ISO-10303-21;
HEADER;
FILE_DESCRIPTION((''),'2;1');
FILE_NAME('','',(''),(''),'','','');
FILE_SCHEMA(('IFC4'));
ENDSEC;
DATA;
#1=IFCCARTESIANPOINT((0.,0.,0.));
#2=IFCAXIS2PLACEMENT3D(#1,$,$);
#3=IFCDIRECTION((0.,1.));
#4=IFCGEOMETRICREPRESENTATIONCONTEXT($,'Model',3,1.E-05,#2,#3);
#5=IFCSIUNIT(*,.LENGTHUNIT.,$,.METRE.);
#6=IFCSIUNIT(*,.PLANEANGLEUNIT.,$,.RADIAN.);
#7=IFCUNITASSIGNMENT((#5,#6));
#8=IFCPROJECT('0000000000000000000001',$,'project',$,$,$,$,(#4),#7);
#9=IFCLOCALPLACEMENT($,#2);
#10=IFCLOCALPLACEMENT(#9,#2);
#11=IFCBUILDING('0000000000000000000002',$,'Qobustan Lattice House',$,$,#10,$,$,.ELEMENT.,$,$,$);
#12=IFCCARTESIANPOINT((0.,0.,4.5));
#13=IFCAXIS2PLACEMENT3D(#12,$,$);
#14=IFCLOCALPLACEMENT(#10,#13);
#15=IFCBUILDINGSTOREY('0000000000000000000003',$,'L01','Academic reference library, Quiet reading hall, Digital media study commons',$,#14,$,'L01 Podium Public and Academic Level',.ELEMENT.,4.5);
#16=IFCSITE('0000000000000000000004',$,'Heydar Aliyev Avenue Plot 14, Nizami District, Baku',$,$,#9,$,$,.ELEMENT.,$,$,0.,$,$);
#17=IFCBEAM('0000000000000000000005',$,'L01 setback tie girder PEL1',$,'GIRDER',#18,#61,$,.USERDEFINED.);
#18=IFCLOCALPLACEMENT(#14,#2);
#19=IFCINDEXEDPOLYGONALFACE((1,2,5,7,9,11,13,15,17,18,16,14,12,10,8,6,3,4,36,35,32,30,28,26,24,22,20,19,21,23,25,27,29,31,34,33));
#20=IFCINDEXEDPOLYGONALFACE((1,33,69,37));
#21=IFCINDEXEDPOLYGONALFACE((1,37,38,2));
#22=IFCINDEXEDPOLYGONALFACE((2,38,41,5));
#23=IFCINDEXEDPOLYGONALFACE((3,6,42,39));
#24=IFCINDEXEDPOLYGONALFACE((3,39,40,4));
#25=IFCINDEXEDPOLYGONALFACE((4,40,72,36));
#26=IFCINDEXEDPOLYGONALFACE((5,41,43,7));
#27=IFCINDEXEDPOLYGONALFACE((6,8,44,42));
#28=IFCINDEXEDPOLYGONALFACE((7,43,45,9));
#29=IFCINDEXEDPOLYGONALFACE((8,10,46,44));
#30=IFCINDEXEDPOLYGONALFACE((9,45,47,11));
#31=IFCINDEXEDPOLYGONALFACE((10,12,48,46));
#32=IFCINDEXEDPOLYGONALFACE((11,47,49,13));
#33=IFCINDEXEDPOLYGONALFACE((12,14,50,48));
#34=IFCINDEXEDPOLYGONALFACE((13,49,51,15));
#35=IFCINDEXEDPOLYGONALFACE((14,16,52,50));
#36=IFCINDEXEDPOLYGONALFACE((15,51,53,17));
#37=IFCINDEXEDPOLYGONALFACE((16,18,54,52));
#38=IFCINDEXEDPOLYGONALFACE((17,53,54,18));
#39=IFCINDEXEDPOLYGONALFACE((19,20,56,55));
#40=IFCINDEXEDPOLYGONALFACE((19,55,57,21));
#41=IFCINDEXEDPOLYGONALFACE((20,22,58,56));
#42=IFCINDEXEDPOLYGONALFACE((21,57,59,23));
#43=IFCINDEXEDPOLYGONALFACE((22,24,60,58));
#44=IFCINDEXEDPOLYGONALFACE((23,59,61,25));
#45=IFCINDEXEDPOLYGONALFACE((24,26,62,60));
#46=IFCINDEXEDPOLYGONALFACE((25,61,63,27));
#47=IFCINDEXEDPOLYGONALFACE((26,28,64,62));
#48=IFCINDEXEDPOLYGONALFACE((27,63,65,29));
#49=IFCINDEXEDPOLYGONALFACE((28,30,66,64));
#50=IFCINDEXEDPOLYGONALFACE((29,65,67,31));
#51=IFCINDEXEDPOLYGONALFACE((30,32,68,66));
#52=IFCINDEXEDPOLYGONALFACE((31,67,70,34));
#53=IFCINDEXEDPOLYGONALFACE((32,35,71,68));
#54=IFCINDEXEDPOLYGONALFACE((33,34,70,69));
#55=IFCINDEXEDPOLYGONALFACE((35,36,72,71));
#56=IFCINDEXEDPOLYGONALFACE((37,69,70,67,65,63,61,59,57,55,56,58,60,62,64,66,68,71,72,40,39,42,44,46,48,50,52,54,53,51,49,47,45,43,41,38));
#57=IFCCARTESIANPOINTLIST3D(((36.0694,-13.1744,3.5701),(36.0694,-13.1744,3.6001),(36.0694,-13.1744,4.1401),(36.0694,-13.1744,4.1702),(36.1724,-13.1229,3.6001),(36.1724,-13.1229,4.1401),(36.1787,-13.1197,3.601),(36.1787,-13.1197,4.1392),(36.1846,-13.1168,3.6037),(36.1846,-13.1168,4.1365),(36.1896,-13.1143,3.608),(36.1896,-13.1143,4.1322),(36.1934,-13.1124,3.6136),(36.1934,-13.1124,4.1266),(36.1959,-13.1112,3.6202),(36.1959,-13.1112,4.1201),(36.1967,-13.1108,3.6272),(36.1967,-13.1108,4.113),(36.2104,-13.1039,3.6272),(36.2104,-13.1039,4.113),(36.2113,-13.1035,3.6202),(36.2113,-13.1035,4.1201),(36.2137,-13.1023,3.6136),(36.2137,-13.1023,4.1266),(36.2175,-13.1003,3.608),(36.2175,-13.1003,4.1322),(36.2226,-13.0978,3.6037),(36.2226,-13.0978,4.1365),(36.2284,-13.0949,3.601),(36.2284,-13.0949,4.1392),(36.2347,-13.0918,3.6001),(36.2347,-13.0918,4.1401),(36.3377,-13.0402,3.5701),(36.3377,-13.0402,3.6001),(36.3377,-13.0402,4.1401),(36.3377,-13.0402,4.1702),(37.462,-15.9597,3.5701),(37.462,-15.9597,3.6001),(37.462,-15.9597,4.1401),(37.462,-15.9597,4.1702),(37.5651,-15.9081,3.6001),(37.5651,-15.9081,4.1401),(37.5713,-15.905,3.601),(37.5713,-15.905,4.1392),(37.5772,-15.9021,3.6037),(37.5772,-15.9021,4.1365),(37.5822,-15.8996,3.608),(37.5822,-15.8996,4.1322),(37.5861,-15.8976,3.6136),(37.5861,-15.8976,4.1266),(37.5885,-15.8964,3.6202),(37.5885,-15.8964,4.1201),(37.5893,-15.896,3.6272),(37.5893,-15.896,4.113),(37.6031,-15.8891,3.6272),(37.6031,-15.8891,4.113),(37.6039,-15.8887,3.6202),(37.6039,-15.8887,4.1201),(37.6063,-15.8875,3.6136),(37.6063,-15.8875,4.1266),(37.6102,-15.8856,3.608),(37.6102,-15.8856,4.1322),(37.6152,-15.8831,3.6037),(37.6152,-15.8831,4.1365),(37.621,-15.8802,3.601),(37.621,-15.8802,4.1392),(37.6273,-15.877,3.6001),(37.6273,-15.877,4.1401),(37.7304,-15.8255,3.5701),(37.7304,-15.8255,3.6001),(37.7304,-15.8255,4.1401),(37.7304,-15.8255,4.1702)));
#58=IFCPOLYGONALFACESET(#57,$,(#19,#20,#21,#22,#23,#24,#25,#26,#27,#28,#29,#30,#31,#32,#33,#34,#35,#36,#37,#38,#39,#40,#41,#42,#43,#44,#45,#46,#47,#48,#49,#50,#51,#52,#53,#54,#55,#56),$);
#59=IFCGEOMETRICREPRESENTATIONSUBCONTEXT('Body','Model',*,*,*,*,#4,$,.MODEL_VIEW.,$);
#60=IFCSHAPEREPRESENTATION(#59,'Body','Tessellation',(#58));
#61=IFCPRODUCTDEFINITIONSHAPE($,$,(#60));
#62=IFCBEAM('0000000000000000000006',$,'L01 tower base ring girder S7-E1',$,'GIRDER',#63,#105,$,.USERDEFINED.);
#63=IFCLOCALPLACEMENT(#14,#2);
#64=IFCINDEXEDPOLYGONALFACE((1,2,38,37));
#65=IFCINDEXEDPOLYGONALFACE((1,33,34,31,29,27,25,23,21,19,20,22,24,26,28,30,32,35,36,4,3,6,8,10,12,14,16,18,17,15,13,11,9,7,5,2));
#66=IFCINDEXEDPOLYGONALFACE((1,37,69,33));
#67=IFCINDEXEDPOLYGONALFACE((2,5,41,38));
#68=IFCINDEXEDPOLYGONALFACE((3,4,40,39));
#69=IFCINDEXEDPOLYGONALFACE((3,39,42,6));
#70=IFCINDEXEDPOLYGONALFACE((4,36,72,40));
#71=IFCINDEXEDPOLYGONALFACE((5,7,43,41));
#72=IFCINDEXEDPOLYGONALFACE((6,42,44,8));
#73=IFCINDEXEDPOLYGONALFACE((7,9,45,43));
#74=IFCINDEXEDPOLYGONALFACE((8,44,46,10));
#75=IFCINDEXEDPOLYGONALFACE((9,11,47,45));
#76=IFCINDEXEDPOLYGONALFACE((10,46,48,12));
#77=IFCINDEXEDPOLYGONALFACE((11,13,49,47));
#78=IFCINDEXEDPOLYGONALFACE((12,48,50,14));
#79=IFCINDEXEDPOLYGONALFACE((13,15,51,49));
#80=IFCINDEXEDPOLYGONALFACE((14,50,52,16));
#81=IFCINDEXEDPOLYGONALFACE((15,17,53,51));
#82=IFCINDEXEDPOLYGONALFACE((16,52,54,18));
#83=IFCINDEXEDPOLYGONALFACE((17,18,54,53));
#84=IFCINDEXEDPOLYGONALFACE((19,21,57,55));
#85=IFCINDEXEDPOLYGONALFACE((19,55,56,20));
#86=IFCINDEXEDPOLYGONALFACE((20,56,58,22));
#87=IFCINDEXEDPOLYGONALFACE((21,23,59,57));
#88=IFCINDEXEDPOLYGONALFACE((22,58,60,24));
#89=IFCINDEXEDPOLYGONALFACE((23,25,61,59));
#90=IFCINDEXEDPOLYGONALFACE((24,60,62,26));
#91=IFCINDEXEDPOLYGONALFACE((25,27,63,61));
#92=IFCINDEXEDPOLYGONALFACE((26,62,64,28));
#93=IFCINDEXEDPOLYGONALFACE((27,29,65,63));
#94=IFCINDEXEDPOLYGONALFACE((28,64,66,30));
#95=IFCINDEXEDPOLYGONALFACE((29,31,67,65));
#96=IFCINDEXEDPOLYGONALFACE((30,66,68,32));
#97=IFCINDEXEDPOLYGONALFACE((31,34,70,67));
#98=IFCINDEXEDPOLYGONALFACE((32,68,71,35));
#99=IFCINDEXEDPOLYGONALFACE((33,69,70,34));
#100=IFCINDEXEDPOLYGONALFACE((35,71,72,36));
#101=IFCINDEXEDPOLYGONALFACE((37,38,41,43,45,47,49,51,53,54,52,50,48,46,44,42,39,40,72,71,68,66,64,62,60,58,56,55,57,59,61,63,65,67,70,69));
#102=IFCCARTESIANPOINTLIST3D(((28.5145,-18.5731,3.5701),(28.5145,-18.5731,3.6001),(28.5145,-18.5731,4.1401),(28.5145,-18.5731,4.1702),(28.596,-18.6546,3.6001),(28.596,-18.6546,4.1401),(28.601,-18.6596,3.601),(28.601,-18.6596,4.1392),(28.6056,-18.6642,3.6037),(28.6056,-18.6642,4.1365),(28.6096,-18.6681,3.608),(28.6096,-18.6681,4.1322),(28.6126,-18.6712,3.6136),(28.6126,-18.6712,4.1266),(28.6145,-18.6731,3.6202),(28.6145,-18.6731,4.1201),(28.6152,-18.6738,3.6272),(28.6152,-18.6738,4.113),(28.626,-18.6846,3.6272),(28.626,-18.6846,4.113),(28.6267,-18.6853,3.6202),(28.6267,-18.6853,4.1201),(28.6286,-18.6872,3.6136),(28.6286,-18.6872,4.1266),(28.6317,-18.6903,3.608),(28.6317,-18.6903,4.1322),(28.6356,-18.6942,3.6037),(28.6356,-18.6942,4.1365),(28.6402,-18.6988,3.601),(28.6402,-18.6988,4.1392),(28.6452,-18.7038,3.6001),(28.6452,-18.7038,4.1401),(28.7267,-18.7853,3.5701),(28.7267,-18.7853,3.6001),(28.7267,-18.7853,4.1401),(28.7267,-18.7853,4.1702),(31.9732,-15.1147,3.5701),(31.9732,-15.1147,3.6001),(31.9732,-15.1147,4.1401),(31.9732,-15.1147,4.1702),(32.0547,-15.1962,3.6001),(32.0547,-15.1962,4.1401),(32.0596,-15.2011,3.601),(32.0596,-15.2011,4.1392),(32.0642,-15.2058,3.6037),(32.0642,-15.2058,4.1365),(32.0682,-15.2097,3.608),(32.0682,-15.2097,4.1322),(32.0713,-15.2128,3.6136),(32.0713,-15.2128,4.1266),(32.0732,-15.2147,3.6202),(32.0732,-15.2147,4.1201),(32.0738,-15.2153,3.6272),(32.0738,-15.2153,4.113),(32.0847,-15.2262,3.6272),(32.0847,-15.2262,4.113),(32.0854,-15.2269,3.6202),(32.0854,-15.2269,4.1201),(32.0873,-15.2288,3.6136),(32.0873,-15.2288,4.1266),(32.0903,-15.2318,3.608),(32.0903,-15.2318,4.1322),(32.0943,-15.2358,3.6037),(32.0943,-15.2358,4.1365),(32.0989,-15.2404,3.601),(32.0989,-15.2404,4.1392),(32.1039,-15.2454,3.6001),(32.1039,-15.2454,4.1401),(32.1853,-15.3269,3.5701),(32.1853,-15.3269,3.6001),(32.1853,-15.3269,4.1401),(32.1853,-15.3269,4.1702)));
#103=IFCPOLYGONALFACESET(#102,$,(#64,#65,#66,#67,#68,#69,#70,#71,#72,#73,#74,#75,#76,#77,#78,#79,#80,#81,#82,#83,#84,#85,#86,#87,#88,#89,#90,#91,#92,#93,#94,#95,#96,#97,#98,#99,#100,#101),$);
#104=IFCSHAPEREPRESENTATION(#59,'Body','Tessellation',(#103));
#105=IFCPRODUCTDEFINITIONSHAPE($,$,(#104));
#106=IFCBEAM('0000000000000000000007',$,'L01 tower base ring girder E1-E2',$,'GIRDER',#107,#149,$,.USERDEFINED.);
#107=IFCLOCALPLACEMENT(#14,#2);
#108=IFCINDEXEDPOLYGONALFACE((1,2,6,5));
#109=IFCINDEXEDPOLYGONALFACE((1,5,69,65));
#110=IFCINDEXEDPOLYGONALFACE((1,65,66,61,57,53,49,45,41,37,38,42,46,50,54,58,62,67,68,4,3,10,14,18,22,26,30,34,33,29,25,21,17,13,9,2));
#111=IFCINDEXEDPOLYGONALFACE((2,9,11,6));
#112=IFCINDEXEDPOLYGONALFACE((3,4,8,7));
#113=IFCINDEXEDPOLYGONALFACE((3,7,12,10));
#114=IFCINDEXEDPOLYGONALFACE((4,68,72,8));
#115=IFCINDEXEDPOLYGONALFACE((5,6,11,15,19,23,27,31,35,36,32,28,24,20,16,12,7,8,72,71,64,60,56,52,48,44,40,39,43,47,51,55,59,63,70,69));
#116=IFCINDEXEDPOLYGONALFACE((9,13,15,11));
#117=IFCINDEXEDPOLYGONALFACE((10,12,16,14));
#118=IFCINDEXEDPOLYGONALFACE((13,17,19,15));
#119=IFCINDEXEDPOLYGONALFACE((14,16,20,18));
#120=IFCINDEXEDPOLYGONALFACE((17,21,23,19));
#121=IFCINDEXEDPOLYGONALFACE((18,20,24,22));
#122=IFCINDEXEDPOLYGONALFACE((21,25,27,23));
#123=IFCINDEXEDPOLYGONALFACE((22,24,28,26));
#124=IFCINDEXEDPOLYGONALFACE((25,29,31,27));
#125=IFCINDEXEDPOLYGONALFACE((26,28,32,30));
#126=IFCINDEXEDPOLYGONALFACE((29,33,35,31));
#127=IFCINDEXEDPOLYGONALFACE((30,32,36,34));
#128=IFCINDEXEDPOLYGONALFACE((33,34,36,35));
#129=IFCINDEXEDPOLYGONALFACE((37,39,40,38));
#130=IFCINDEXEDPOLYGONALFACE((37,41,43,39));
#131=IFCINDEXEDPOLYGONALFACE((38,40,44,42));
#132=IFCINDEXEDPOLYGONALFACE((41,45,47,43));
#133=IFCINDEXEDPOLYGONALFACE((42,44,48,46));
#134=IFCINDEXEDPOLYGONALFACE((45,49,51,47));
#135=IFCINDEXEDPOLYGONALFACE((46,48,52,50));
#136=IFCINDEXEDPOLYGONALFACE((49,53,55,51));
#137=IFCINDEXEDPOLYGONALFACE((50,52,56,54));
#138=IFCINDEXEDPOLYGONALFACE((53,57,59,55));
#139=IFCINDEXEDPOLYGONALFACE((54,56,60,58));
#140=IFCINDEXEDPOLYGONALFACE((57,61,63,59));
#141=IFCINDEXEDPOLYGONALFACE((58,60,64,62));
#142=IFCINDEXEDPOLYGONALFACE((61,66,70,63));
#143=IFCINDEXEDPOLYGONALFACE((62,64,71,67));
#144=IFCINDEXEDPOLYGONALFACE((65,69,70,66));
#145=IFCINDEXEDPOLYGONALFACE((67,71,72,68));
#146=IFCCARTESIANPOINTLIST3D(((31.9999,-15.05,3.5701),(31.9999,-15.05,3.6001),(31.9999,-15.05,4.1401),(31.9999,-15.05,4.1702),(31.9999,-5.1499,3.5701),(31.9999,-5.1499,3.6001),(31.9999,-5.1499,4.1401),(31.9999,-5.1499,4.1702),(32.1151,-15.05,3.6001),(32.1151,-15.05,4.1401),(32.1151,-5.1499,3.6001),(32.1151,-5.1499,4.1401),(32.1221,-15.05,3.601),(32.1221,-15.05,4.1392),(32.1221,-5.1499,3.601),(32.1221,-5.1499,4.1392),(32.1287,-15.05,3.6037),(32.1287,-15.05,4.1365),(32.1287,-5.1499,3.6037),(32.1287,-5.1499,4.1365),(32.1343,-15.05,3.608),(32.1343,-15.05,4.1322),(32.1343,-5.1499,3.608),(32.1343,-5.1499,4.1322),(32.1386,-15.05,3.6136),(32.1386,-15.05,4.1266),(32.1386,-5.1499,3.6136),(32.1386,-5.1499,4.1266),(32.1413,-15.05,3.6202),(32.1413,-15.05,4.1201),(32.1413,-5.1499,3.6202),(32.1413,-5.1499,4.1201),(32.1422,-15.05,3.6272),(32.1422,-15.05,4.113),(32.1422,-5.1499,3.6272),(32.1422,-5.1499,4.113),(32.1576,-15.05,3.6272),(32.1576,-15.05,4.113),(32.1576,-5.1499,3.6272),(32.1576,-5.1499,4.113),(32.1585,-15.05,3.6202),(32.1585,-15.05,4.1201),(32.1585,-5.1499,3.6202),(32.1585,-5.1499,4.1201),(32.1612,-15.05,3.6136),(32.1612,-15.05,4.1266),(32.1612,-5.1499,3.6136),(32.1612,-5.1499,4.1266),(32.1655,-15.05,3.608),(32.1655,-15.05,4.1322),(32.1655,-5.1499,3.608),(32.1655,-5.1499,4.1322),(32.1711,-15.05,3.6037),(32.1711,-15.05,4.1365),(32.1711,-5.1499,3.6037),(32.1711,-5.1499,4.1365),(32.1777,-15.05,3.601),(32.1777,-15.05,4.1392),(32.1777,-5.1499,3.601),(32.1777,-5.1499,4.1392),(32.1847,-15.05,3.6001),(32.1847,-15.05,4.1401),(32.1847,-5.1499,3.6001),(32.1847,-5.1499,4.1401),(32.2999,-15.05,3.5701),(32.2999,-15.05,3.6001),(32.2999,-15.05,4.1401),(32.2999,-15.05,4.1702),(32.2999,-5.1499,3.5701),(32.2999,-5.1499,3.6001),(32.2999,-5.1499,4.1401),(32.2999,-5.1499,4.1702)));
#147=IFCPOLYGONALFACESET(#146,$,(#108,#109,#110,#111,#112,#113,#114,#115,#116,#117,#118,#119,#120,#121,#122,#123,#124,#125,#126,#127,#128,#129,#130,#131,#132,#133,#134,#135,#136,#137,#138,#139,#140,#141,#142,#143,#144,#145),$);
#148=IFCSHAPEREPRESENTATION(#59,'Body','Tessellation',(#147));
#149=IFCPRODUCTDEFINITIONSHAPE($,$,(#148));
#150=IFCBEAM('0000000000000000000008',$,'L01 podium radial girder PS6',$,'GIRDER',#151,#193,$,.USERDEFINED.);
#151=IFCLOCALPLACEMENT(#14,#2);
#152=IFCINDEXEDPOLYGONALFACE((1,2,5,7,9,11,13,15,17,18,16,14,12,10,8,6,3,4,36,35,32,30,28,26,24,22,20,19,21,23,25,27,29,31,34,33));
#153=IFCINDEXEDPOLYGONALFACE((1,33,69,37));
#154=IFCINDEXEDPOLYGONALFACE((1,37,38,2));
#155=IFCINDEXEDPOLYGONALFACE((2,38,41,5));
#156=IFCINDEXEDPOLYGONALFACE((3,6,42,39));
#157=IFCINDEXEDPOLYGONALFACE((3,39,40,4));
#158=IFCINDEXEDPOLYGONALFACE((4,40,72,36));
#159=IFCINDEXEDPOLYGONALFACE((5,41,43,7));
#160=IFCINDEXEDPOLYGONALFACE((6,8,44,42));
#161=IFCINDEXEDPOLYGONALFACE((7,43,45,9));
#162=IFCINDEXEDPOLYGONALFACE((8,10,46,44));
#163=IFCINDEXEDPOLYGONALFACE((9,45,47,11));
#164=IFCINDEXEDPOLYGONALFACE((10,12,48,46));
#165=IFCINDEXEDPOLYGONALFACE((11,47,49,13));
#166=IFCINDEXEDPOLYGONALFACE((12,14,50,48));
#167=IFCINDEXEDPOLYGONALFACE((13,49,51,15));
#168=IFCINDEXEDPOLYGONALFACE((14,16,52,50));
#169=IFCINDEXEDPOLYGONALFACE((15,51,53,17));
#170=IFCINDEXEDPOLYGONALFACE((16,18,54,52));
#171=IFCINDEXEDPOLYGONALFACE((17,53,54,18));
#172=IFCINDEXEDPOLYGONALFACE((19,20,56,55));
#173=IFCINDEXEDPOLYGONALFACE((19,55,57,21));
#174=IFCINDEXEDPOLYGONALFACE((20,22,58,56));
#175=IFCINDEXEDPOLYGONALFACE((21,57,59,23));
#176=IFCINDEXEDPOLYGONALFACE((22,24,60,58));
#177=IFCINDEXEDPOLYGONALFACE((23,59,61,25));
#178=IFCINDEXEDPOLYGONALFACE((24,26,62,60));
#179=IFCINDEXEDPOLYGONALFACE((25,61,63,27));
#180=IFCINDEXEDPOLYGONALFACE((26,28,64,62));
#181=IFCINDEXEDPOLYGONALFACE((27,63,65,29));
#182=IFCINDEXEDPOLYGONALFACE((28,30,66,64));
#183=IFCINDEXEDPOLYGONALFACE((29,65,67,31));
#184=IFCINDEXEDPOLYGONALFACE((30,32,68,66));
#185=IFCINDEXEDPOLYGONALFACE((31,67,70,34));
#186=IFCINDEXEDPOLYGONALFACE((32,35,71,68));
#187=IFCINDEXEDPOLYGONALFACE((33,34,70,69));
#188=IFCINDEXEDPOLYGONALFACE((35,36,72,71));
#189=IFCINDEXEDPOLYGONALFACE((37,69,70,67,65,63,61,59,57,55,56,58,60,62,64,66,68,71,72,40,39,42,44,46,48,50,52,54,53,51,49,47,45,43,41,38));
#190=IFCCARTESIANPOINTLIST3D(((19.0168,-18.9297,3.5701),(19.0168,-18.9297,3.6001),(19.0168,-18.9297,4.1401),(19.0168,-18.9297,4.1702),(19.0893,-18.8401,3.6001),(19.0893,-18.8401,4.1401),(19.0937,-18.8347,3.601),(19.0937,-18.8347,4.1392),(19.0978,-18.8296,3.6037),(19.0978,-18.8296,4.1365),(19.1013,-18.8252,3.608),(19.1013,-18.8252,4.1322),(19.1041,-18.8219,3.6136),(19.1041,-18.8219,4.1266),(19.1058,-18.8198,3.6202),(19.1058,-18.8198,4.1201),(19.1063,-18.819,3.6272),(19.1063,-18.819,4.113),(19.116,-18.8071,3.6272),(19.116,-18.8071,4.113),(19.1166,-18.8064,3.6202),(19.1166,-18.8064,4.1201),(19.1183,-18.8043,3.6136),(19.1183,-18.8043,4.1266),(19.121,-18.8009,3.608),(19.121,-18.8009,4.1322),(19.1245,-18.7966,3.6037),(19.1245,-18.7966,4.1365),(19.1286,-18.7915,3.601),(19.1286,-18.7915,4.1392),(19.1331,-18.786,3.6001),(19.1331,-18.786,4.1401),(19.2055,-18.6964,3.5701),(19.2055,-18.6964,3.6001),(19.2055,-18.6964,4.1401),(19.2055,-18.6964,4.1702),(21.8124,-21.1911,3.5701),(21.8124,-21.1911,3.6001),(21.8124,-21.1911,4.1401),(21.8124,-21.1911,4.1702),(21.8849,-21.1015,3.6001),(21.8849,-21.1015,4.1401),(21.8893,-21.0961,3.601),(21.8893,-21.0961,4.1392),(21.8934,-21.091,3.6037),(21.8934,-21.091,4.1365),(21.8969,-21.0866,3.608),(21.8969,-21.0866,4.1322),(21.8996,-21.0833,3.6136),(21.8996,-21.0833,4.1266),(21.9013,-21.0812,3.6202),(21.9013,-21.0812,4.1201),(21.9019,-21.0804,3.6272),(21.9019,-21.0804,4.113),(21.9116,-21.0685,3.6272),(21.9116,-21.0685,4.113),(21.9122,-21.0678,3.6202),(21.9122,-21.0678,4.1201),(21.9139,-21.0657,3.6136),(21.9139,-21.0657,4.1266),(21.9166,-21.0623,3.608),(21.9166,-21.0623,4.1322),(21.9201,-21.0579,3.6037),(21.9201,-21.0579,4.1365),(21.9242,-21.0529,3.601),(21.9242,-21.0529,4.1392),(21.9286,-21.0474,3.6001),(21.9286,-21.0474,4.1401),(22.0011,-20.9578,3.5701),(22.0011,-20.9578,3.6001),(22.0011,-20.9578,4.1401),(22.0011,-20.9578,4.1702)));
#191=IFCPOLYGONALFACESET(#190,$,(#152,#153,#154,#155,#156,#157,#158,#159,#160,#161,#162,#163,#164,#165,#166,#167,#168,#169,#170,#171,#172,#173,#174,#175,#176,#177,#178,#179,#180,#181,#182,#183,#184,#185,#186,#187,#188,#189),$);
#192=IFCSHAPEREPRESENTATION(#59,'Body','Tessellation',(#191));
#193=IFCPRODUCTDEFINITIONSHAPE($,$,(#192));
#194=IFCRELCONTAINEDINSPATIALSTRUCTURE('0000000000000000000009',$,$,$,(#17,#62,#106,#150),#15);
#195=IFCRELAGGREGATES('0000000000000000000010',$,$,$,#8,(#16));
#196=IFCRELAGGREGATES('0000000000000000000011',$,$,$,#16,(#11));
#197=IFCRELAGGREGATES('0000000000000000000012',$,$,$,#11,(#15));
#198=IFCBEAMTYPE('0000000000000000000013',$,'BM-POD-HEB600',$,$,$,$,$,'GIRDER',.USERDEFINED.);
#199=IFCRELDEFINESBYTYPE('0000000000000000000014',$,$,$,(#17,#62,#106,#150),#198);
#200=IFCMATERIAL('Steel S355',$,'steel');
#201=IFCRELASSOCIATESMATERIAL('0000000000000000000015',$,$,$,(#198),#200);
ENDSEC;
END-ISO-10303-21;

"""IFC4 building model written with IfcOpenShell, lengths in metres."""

from ifc_helpers import new_model, si_unit, direction, frame, origin, origin_2d, place, context, subcontext, project, spatial, i_section, extrude, material, material_profile, profile_set, type_object, element, save


model = new_model("IFC4")

# Units and contexts
model_context = context("Model", 3, precision=1e-05, world=origin(), true_north=direction((0.0, 1.0)))
body_context = subcontext(model_context, "Body", "Model", "MODEL_VIEW")
ifc_project = project(units=[si_unit("LENGTHUNIT", "METRE"), si_unit("PLANEANGLEUNIT", "RADIAN")], contexts=[model_context])

# Site, building, storey
site_placement = place(None, origin())
site = spatial("IfcSite", under=ifc_project, at=site_placement, Name="Heydar Aliyev Avenue Plot 14, Nizami District, Baku", CompositionType="ELEMENT", RefElevation=0.0)
building_placement = place(site_placement, origin())
building = spatial("IfcBuilding", under=site, at=building_placement, Name="Qobustan Lattice House", CompositionType="ELEMENT")
storey_placement = place(building_placement, frame((0.0, 0.0, 4.5)))
storey = spatial("IfcBuildingStorey", under=building, at=storey_placement, Name="L01", Description="Academic reference library, Quiet reading hall, Digital media study commons", LongName="L01 Podium Public and Academic Level", CompositionType="ELEMENT", Elevation=4.5)

# Beams
ifc_material_1 = material(Name="Steel S355", Category="steel")
ifc_material_profile_1 = material_profile(ifc_material_1, i_section(OverallWidth=0.3, OverallDepth=0.6001, WebThickness=0.0154, FlangeThickness=0.03, FilletRadius=0.0271, at=origin_2d()), Name="HEB600")
ifc_profile_set_1 = profile_set([ifc_material_profile_1], Name="Steel S355")
beam_type_1 = type_object("IfcBeamType", Name="BM-POD-HEB600", ElementType="GIRDER", PredefinedType="USERDEFINED", material=ifc_profile_set_1)
beam_1_placement = place(storey_placement, frame((37.5962, -15.8926, 3.8701), z_axis=(-0.447214, 0.894427, 0.0), x_axis=(-0.894427, -0.447214, 0.0)))
element("IfcBeam", 1, at=beam_1_placement, inside=storey, type_object=beam_type_1, Name="L01 setback tie girder PEL1", ObjectType="GIRDER", PredefinedType="USERDEFINED", context=body_context, shape_type="SweptSolid", body=[
    extrude(i_section(OverallWidth=0.3, OverallDepth=0.6001, WebThickness=0.0154, FlangeThickness=0.03, FilletRadius=0.0271, at=origin_2d()), origin(), (0.0, 0.0, 1.0), 3.114),
])
beam_2_placement = place(storey_placement, frame((28.6206, -18.6792, 3.8701), z_axis=(0.707132, 0.707082, 0.0), x_axis=(-0.707082, 0.707132, 0.0)))
element("IfcBeam", 2, at=beam_2_placement, inside=storey, type_object=beam_type_1, Name="L01 tower base ring girder S7-E1", ObjectType="GIRDER", PredefinedType="USERDEFINED", context=body_context, shape_type="SweptSolid", body=[
    extrude(i_section(OverallWidth=0.3, OverallDepth=0.6001, WebThickness=0.0154, FlangeThickness=0.03, FilletRadius=0.0271, at=origin_2d()), origin(), (0.0, 0.0, 1.0), 4.8911),
])
beam_3_placement = place(storey_placement, frame((32.1499, -15.05, 3.8701), z_axis=(0.0, 1.0, 0.0), x_axis=(-1.0, 0.0, 0.0)))
element("IfcBeam", 3, at=beam_3_placement, inside=storey, type_object=beam_type_1, Name="L01 tower base ring girder E1-E2", ObjectType="GIRDER", PredefinedType="USERDEFINED", context=body_context, shape_type="SweptSolid", body=[
    extrude(i_section(OverallWidth=0.3, OverallDepth=0.6001, WebThickness=0.0154, FlangeThickness=0.03, FilletRadius=0.0271, at=origin_2d()), origin(), (0.0, 0.0, 1.0), 9.9001),
])
beam_4_placement = place(storey_placement, frame((21.9067, -21.0745, 3.8701), z_axis=(-0.777473, 0.628917, 0.0), x_axis=(-0.628917, -0.777473, 0.0)))
element("IfcBeam", 4, at=beam_4_placement, inside=storey, type_object=beam_type_1, Name="L01 podium radial girder PS6", ObjectType="GIRDER", PredefinedType="USERDEFINED", context=body_context, shape_type="SweptSolid", body=[
    extrude(i_section(OverallWidth=0.3, OverallDepth=0.6001, WebThickness=0.0154, FlangeThickness=0.03, FilletRadius=0.0271, at=origin_2d()), origin(), (0.0, 0.0, 1.0), 3.5957),
])

save(model, "model.ifc")
